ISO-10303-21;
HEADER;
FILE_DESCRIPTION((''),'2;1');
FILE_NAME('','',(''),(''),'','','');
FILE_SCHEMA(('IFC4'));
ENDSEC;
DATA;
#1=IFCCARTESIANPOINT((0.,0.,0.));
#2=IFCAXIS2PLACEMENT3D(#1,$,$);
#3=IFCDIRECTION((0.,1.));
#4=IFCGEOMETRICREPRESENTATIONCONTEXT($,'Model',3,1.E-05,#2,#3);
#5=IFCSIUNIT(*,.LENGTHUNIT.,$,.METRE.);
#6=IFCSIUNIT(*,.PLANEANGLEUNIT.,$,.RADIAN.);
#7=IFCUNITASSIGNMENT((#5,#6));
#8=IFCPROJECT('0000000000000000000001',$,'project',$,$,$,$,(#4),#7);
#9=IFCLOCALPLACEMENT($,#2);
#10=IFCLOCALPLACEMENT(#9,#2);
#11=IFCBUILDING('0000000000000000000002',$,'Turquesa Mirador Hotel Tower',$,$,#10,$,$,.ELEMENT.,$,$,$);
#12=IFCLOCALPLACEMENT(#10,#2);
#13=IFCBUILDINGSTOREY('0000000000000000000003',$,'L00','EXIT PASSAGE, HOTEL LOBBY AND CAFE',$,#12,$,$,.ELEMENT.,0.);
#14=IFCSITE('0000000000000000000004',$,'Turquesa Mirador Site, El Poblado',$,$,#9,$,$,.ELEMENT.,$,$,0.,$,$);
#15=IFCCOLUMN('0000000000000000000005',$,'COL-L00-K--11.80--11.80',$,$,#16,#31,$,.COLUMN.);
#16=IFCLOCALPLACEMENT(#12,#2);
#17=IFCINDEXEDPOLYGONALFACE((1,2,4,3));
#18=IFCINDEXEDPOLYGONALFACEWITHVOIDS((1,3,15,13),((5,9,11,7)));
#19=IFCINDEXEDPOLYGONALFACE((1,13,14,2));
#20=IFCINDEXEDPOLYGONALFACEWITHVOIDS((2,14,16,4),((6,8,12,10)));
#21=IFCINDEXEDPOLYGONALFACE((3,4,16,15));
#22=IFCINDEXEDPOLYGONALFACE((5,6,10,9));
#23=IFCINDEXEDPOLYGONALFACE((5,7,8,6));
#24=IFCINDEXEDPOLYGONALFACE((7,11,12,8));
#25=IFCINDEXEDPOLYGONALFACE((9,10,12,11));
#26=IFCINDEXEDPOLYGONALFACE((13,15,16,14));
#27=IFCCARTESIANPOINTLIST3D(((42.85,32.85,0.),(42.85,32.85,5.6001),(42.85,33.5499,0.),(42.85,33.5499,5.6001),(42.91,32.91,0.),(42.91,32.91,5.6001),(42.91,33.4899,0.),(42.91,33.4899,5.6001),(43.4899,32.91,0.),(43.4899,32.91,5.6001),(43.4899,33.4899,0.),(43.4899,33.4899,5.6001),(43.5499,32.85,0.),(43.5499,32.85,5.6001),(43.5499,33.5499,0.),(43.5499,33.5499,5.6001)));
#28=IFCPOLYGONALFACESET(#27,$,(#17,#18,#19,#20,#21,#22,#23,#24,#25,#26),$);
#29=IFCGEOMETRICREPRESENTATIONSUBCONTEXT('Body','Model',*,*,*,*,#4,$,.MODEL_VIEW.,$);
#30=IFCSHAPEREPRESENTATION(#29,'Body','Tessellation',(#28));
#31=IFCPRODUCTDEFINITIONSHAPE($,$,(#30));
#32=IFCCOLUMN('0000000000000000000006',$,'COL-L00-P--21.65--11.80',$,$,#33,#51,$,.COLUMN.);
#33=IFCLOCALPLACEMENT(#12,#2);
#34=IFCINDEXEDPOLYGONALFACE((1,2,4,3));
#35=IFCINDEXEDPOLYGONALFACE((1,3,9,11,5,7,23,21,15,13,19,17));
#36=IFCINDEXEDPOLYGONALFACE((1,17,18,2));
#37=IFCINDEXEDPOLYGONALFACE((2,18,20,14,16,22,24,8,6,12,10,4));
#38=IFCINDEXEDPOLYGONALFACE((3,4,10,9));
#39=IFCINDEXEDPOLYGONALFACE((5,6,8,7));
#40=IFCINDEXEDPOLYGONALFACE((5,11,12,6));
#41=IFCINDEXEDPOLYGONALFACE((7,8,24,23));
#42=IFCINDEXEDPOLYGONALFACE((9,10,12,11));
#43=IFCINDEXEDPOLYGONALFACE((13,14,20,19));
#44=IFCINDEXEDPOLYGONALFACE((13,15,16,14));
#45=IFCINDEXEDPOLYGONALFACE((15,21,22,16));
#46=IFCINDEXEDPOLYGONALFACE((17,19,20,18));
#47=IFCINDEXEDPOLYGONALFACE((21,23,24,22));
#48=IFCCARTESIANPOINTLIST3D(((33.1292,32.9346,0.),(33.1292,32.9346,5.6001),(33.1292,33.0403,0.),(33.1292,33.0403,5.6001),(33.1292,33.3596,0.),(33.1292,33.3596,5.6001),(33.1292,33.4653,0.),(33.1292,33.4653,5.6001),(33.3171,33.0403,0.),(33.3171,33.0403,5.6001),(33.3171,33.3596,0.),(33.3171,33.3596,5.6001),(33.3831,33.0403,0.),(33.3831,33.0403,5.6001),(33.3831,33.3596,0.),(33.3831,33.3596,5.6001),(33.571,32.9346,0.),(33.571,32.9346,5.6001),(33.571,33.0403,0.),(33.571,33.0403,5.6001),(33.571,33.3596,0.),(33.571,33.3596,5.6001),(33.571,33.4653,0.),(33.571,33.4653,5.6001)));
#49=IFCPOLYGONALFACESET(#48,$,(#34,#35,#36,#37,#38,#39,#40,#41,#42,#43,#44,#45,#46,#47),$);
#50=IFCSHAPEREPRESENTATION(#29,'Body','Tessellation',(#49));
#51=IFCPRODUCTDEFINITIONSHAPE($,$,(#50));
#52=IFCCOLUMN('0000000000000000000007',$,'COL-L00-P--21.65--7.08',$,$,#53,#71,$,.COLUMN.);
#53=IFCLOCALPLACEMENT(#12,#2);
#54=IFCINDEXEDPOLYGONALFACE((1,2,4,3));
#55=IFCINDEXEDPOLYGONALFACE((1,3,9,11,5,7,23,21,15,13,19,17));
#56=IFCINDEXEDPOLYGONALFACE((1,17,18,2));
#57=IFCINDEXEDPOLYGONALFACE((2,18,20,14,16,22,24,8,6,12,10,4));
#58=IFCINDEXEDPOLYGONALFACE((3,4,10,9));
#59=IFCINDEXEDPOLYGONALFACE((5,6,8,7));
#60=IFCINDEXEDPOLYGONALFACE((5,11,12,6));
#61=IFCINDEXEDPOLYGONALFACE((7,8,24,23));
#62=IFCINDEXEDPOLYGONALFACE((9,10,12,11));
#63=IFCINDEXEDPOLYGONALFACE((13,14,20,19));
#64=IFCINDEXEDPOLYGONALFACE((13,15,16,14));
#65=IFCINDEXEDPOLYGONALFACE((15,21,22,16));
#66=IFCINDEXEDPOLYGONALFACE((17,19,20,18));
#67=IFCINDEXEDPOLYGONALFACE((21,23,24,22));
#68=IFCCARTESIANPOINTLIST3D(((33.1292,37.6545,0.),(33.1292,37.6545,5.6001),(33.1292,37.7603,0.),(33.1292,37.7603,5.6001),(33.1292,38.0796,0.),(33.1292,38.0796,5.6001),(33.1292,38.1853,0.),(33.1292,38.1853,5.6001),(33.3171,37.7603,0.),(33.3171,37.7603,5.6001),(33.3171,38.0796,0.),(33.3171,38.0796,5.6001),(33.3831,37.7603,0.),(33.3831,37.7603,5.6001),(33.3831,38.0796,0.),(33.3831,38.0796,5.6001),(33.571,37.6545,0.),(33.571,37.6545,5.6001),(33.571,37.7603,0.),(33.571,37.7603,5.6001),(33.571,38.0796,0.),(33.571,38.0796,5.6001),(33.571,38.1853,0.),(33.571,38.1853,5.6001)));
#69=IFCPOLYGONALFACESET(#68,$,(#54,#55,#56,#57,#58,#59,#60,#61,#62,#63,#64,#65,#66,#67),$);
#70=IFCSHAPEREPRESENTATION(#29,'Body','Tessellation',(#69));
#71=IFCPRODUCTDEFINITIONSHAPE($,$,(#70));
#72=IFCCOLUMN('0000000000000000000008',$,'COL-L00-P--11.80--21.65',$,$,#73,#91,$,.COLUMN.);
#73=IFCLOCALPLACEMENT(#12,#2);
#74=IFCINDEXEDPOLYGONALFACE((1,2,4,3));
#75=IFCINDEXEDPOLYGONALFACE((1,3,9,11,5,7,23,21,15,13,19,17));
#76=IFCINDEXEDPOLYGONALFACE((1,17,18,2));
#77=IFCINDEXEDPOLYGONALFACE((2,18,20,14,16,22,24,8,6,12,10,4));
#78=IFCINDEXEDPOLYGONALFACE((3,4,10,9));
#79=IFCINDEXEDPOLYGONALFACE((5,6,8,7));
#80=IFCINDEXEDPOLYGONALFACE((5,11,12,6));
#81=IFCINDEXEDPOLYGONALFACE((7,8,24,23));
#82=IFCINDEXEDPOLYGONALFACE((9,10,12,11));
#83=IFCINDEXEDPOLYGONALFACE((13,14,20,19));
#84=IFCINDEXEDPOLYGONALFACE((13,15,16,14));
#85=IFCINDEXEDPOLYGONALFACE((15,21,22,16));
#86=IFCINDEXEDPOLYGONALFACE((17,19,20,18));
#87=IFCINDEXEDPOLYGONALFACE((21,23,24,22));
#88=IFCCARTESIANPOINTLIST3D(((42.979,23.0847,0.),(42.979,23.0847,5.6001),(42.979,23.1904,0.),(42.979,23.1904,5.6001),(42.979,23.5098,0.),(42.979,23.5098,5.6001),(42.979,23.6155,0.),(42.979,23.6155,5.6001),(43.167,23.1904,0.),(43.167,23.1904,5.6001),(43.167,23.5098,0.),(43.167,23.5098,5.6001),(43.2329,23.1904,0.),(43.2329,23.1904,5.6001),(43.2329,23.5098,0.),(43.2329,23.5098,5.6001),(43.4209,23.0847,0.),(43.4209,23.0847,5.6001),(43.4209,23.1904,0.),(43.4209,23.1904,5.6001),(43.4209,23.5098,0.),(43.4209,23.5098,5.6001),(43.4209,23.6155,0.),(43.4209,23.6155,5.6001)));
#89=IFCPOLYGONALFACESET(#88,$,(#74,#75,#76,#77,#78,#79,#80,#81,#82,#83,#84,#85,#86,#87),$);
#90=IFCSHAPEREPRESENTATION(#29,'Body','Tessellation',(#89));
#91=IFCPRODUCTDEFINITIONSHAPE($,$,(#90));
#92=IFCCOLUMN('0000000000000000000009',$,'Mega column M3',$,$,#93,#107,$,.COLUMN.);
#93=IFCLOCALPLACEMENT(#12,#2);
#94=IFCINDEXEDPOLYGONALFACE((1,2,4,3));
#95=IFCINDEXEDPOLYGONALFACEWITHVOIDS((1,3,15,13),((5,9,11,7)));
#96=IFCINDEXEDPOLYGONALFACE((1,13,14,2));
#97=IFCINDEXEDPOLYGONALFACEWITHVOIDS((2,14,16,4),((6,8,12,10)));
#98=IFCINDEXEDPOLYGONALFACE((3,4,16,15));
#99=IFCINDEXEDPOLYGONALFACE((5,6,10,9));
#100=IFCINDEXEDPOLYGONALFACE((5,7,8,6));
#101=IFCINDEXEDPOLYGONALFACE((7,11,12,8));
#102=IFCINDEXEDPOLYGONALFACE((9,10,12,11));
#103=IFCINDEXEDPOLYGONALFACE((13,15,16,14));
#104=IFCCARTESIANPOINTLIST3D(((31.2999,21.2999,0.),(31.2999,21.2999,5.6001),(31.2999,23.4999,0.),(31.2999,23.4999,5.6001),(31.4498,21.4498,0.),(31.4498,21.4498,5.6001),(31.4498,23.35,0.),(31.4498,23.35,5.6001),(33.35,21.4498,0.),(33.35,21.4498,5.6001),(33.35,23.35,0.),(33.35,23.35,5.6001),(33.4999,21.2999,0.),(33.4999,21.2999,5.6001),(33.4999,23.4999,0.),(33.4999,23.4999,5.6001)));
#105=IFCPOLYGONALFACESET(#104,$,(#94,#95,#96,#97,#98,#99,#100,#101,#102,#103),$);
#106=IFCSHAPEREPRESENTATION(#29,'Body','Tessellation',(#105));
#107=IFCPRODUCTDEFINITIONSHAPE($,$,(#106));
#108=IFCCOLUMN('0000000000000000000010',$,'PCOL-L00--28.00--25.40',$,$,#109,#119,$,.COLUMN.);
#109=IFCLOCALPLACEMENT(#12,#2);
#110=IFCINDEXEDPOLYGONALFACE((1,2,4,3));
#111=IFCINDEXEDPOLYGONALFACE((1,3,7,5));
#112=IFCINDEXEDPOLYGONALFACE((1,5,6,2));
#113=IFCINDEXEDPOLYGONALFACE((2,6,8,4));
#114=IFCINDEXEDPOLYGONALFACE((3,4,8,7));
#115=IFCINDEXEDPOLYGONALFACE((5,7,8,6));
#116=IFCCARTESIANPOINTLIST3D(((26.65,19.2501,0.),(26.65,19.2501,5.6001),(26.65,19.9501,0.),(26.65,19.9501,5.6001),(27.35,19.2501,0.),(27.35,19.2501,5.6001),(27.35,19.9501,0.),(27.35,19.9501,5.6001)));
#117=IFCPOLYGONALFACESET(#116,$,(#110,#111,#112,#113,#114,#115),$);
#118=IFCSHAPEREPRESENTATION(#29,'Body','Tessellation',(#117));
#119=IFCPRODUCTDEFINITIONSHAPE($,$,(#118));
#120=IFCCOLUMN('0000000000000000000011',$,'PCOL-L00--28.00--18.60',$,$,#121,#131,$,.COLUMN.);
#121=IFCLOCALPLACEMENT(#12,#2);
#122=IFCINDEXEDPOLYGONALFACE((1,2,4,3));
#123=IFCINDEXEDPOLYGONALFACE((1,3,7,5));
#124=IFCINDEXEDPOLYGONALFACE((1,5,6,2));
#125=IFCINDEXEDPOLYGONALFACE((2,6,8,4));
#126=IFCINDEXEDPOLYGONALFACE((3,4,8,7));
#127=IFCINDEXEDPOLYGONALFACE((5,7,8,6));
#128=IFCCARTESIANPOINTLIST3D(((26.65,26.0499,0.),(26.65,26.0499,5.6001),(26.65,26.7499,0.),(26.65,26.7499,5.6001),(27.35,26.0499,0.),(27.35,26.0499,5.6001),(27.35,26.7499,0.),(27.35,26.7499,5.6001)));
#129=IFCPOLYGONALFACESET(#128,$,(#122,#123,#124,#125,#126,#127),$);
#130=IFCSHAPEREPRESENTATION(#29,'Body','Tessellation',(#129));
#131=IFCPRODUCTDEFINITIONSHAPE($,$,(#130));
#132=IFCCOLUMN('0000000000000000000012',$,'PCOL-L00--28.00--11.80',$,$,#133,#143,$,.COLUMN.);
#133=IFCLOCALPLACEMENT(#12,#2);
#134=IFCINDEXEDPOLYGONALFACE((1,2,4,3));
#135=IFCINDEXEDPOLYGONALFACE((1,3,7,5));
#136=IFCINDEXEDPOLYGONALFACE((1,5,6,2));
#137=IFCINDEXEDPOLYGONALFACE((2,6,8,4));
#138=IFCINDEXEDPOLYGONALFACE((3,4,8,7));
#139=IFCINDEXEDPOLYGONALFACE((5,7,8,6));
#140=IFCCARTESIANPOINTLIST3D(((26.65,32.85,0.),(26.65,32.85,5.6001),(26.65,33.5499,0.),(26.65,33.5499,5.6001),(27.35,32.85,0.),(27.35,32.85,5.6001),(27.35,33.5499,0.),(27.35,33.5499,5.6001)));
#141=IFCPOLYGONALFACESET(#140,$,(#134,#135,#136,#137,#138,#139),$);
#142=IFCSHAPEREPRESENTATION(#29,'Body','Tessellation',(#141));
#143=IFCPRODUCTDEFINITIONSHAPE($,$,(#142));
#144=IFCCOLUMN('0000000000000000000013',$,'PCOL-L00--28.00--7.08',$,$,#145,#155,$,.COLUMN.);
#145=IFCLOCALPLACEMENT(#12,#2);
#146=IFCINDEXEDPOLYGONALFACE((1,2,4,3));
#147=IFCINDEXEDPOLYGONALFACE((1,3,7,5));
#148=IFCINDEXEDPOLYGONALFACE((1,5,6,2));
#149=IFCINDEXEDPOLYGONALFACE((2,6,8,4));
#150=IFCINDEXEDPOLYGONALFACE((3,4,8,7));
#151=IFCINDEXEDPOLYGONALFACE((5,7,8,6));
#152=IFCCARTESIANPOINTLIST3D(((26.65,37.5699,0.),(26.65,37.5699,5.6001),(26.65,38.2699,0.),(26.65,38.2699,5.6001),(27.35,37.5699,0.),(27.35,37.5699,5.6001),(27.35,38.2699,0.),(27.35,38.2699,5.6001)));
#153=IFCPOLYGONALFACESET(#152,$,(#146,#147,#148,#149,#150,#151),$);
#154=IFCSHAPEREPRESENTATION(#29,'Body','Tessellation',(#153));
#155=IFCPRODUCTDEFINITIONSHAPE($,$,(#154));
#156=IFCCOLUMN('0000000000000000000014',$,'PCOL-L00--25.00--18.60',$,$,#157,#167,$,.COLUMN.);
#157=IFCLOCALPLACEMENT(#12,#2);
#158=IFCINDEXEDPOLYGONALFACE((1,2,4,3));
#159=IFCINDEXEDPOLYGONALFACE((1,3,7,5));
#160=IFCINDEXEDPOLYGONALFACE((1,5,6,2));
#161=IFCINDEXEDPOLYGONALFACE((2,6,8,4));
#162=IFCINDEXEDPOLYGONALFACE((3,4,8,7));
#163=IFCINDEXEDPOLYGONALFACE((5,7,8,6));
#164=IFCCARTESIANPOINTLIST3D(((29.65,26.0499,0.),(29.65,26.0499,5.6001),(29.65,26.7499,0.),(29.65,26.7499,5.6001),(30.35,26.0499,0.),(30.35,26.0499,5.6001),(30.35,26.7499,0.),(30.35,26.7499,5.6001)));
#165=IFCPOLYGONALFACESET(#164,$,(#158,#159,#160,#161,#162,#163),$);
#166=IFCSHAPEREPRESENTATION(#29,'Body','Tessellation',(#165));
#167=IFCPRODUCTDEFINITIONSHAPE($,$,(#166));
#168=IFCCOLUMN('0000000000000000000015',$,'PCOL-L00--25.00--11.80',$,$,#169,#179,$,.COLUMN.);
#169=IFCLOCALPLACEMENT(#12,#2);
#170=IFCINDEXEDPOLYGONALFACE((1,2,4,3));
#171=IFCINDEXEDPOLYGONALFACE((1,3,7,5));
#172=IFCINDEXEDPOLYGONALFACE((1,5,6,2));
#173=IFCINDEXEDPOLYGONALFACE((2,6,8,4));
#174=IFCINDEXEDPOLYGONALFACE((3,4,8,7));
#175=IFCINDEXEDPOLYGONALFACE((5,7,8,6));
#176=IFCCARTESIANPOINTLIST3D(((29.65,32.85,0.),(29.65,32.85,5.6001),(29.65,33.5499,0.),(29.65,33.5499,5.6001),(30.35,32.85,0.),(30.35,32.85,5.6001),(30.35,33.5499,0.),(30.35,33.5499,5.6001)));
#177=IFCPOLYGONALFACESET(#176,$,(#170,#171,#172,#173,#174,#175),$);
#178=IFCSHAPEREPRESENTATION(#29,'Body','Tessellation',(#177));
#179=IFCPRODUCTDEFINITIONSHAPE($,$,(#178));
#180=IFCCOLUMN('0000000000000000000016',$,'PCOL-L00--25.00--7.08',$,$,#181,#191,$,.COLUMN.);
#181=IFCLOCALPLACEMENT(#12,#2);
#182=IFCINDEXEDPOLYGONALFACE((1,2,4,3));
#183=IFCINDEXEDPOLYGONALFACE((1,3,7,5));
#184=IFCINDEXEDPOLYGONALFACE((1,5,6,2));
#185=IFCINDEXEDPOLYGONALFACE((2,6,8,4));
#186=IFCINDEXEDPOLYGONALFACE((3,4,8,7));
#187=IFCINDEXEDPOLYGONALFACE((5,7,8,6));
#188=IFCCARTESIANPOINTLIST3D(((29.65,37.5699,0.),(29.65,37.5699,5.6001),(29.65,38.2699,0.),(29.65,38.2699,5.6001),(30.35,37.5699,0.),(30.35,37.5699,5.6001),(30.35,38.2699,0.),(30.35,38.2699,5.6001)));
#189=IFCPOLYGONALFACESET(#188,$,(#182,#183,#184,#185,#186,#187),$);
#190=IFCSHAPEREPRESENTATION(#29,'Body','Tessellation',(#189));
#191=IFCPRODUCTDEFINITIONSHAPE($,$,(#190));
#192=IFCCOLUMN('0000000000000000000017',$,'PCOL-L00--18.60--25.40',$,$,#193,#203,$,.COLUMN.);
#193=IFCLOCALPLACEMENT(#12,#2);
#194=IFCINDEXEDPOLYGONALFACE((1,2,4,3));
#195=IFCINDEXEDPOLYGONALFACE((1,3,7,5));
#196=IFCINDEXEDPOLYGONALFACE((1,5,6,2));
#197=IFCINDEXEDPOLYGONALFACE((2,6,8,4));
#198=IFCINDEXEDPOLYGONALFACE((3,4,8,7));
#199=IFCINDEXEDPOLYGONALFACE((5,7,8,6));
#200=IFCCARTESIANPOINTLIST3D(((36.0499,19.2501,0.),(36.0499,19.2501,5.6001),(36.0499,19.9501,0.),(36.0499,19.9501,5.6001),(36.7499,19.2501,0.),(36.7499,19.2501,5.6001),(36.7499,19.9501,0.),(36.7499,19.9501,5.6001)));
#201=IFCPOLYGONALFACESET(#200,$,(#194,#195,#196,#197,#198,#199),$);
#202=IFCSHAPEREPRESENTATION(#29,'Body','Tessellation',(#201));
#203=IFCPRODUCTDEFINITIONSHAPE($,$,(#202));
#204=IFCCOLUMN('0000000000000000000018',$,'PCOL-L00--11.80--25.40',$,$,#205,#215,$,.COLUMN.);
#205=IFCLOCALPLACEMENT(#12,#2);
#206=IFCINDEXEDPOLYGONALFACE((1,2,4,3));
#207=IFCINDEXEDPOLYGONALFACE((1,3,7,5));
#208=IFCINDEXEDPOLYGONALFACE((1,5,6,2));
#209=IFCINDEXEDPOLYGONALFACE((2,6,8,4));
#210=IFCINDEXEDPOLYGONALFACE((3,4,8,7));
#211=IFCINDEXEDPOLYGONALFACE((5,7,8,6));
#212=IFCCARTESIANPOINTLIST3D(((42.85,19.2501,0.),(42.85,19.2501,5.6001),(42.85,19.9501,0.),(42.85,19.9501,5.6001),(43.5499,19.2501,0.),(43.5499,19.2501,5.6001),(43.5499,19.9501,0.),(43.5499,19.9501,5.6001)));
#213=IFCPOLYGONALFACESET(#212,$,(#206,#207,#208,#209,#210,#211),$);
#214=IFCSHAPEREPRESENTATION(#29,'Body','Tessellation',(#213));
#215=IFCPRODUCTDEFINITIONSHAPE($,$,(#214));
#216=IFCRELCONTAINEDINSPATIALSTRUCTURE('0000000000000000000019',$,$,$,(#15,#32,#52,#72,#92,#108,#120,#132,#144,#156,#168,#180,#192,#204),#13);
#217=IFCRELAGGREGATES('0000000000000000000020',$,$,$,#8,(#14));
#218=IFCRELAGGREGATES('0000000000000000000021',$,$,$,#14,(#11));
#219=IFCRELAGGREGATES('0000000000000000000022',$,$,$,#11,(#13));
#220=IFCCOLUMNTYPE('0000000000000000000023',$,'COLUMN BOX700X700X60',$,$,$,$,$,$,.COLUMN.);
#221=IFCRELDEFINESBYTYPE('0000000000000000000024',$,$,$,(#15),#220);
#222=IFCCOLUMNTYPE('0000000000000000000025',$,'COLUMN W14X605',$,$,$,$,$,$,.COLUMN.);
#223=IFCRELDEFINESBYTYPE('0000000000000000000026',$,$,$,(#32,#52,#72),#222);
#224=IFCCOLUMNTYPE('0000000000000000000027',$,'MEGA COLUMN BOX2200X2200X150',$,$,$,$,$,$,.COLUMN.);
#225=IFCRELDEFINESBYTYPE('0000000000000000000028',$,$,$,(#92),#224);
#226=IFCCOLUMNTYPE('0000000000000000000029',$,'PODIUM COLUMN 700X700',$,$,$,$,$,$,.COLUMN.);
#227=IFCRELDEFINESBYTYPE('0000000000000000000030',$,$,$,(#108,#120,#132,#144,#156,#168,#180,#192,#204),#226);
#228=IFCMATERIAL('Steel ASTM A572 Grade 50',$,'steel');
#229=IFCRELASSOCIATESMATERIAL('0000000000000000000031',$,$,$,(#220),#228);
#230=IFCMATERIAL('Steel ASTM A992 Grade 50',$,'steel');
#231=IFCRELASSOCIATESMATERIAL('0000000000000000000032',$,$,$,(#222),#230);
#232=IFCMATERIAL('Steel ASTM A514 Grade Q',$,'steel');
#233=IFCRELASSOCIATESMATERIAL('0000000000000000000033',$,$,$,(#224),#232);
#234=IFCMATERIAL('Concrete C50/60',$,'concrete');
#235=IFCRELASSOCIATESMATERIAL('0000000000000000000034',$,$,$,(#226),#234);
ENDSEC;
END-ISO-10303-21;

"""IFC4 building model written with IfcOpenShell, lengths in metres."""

from ifc_helpers import new_model, si_unit, direction, frame, origin, origin_2d, place, context, subcontext, project, spatial, rectangle, hollow_rectangle, i_section, extrude, material, material_profile, profile_set, type_object, element, save


model = new_model("IFC4")

# Units and contexts
model_context = context("Model", 3, precision=1e-05, world=origin(), true_north=direction((0.0, 1.0)))
body_context = subcontext(model_context, "Body", "Model", "MODEL_VIEW")
ifc_project = project(units=[si_unit("LENGTHUNIT", "METRE"), si_unit("PLANEANGLEUNIT", "RADIAN")], contexts=[model_context])

# Site, building, storey
site_placement = place(None, origin())
site = spatial("IfcSite", under=ifc_project, at=site_placement, Name="Turquesa Mirador Site, El Poblado", CompositionType="ELEMENT", RefElevation=0.0)
building_placement = place(site_placement, origin())
building = spatial("IfcBuilding", under=site, at=building_placement, Name="Turquesa Mirador Hotel Tower", CompositionType="ELEMENT")
storey_placement = place(building_placement, origin())
storey = spatial("IfcBuildingStorey", under=building, at=storey_placement, Name="L00", Description="EXIT PASSAGE, HOTEL LOBBY AND CAFE", CompositionType="ELEMENT", Elevation=0.0)

# Columns
ifc_material_1 = material(Name="Steel ASTM A572 Grade 50", Category="steel")
ifc_material_profile_1 = material_profile(ifc_material_1, hollow_rectangle(XDim=0.7, YDim=0.7, WallThickness=0.0601, at=origin_2d()), Name="BOX700X700X60")
ifc_profile_set_1 = profile_set([ifc_material_profile_1], Name="Steel ASTM A572 Grade 50")
column_type_1 = type_object("IfcColumnType", Name="COLUMN BOX700X700X60", PredefinedType="COLUMN", material=ifc_profile_set_1)
column_1_placement = place(storey_placement, frame((43.2, 33.2, 0.0), z_axis=(0.0, 0.0, 1.0), x_axis=(1.0, 0.0, 0.0)))
element("IfcColumn", 1, at=column_1_placement, inside=storey, type_object=column_type_1, Name="COL-L00-K--11.80--11.80", PredefinedType="COLUMN", context=body_context, shape_type="SweptSolid", body=[
    extrude(hollow_rectangle(XDim=0.7, YDim=0.7, WallThickness=0.0601, at=origin_2d()), origin(), (0.0, 0.0, 1.0), 5.6001),
])
ifc_material_2 = material(Name="Steel ASTM A992 Grade 50", Category="steel")
ifc_material_profile_2 = material_profile(ifc_material_2, i_section(OverallWidth=0.4419, OverallDepth=0.5308, WebThickness=0.0659, FlangeThickness=0.1057, at=origin_2d()), Name="W14X605")
ifc_profile_set_2 = profile_set([ifc_material_profile_2], Name="Steel ASTM A992 Grade 50")
column_type_2 = type_object("IfcColumnType", Name="COLUMN W14X605", PredefinedType="COLUMN", material=ifc_profile_set_2)
for number, where, z_axis, x_axis, name in (
    (2, (33.3501, 33.2, 0.0), (0.0, 0.0, 1.0), (1.0, 0.0, 0.0), "COL-L00-P--21.65--11.80"),
    (3, (33.3501, 37.9199, 0.0), (0.0, 0.0, 1.0), (1.0, 0.0, 0.0), "COL-L00-P--21.65--7.08"),
    (4, (43.2, 23.3501, 0.0), (0.0, 0.0, 1.0), (1.0, 0.0, 0.0), "COL-L00-P--11.80--21.65"),
):
    element("IfcColumn", number, at=place(storey_placement, frame(where, z_axis=z_axis, x_axis=x_axis)), inside=storey, type_object=column_type_2, Name=name, PredefinedType="COLUMN", context=body_context, shape_type="SweptSolid", body=[
        extrude(i_section(OverallWidth=0.4419, OverallDepth=0.5308, WebThickness=0.0659, FlangeThickness=0.1057, at=origin_2d()), origin(), (0.0, 0.0, 1.0), 5.6001),
    ])
ifc_material_3 = material(Name="Steel ASTM A514 Grade Q", Category="steel")
ifc_material_profile_3 = material_profile(ifc_material_3, hollow_rectangle(XDim=2.2, YDim=2.2, WallThickness=0.1499, at=origin_2d()), Name="BOX2200X2200X150")
ifc_profile_set_3 = profile_set([ifc_material_profile_3], Name="Steel ASTM A514 Grade Q")
column_type_3 = type_object("IfcColumnType", Name="MEGA COLUMN BOX2200X2200X150", PredefinedType="COLUMN", material=ifc_profile_set_3)
column_2_placement = place(storey_placement, frame((32.3999, 22.3999, 0.0), z_axis=(0.0, 0.0, 1.0), x_axis=(1.0, 0.0, 0.0)))
element("IfcColumn", 5, at=column_2_placement, inside=storey, type_object=column_type_3, Name="Mega column M3", PredefinedType="COLUMN", context=body_context, shape_type="SweptSolid", body=[
    extrude(hollow_rectangle(XDim=2.2, YDim=2.2, WallThickness=0.1499, at=origin_2d()), origin(), (0.0, 0.0, 1.0), 5.6001),
])
ifc_material_4 = material(Name="Concrete C50/60", Category="concrete")
ifc_material_profile_4 = material_profile(ifc_material_4, rectangle(XDim=0.7, YDim=0.7, at=origin_2d()), Name="RC 700X700")
ifc_profile_set_4 = profile_set([ifc_material_profile_4], Name="Concrete C50/60")
column_type_4 = type_object("IfcColumnType", Name="PODIUM COLUMN 700X700", PredefinedType="COLUMN", material=ifc_profile_set_4)
for number, where, z_axis, x_axis, name in (
    (6, (27.0, 19.6001, 0.0), (0.0, 0.0, 1.0), (1.0, 0.0, 0.0), "PCOL-L00--28.00--25.40"),
    (7, (27.0, 26.3999, 0.0), (0.0, 0.0, 1.0), (1.0, 0.0, 0.0), "PCOL-L00--28.00--18.60"),
    (8, (27.0, 33.2, 0.0), (0.0, 0.0, 1.0), (1.0, 0.0, 0.0), "PCOL-L00--28.00--11.80"),
    (9, (27.0, 37.9199, 0.0), (0.0, 0.0, 1.0), (1.0, 0.0, 0.0), "PCOL-L00--28.00--7.08"),
    (10, (30.0, 26.3999, 0.0), (0.0, 0.0, 1.0), (1.0, 0.0, 0.0), "PCOL-L00--25.00--18.60"),
    (11, (30.0, 33.2, 0.0), (0.0, 0.0, 1.0), (1.0, 0.0, 0.0), "PCOL-L00--25.00--11.80"),
    (12, (30.0, 37.9199, 0.0), (0.0, 0.0, 1.0), (1.0, 0.0, 0.0), "PCOL-L00--25.00--7.08"),
    (13, (36.3999, 19.6001, 0.0), (0.0, 0.0, 1.0), (1.0, 0.0, 0.0), "PCOL-L00--18.60--25.40"),
    (14, (43.2, 19.6001, 0.0), (0.0, 0.0, 1.0), (1.0, 0.0, 0.0), "PCOL-L00--11.80--25.40"),
):
    element("IfcColumn", number, at=place(storey_placement, frame(where, z_axis=z_axis, x_axis=x_axis)), inside=storey, type_object=column_type_4, Name=name, PredefinedType="COLUMN", context=body_context, shape_type="SweptSolid", body=[
        extrude(rectangle(XDim=0.7, YDim=0.7, at=origin_2d()), origin(), (0.0, 0.0, 1.0), 5.6001),
    ])

save(model, "model.ifc")
